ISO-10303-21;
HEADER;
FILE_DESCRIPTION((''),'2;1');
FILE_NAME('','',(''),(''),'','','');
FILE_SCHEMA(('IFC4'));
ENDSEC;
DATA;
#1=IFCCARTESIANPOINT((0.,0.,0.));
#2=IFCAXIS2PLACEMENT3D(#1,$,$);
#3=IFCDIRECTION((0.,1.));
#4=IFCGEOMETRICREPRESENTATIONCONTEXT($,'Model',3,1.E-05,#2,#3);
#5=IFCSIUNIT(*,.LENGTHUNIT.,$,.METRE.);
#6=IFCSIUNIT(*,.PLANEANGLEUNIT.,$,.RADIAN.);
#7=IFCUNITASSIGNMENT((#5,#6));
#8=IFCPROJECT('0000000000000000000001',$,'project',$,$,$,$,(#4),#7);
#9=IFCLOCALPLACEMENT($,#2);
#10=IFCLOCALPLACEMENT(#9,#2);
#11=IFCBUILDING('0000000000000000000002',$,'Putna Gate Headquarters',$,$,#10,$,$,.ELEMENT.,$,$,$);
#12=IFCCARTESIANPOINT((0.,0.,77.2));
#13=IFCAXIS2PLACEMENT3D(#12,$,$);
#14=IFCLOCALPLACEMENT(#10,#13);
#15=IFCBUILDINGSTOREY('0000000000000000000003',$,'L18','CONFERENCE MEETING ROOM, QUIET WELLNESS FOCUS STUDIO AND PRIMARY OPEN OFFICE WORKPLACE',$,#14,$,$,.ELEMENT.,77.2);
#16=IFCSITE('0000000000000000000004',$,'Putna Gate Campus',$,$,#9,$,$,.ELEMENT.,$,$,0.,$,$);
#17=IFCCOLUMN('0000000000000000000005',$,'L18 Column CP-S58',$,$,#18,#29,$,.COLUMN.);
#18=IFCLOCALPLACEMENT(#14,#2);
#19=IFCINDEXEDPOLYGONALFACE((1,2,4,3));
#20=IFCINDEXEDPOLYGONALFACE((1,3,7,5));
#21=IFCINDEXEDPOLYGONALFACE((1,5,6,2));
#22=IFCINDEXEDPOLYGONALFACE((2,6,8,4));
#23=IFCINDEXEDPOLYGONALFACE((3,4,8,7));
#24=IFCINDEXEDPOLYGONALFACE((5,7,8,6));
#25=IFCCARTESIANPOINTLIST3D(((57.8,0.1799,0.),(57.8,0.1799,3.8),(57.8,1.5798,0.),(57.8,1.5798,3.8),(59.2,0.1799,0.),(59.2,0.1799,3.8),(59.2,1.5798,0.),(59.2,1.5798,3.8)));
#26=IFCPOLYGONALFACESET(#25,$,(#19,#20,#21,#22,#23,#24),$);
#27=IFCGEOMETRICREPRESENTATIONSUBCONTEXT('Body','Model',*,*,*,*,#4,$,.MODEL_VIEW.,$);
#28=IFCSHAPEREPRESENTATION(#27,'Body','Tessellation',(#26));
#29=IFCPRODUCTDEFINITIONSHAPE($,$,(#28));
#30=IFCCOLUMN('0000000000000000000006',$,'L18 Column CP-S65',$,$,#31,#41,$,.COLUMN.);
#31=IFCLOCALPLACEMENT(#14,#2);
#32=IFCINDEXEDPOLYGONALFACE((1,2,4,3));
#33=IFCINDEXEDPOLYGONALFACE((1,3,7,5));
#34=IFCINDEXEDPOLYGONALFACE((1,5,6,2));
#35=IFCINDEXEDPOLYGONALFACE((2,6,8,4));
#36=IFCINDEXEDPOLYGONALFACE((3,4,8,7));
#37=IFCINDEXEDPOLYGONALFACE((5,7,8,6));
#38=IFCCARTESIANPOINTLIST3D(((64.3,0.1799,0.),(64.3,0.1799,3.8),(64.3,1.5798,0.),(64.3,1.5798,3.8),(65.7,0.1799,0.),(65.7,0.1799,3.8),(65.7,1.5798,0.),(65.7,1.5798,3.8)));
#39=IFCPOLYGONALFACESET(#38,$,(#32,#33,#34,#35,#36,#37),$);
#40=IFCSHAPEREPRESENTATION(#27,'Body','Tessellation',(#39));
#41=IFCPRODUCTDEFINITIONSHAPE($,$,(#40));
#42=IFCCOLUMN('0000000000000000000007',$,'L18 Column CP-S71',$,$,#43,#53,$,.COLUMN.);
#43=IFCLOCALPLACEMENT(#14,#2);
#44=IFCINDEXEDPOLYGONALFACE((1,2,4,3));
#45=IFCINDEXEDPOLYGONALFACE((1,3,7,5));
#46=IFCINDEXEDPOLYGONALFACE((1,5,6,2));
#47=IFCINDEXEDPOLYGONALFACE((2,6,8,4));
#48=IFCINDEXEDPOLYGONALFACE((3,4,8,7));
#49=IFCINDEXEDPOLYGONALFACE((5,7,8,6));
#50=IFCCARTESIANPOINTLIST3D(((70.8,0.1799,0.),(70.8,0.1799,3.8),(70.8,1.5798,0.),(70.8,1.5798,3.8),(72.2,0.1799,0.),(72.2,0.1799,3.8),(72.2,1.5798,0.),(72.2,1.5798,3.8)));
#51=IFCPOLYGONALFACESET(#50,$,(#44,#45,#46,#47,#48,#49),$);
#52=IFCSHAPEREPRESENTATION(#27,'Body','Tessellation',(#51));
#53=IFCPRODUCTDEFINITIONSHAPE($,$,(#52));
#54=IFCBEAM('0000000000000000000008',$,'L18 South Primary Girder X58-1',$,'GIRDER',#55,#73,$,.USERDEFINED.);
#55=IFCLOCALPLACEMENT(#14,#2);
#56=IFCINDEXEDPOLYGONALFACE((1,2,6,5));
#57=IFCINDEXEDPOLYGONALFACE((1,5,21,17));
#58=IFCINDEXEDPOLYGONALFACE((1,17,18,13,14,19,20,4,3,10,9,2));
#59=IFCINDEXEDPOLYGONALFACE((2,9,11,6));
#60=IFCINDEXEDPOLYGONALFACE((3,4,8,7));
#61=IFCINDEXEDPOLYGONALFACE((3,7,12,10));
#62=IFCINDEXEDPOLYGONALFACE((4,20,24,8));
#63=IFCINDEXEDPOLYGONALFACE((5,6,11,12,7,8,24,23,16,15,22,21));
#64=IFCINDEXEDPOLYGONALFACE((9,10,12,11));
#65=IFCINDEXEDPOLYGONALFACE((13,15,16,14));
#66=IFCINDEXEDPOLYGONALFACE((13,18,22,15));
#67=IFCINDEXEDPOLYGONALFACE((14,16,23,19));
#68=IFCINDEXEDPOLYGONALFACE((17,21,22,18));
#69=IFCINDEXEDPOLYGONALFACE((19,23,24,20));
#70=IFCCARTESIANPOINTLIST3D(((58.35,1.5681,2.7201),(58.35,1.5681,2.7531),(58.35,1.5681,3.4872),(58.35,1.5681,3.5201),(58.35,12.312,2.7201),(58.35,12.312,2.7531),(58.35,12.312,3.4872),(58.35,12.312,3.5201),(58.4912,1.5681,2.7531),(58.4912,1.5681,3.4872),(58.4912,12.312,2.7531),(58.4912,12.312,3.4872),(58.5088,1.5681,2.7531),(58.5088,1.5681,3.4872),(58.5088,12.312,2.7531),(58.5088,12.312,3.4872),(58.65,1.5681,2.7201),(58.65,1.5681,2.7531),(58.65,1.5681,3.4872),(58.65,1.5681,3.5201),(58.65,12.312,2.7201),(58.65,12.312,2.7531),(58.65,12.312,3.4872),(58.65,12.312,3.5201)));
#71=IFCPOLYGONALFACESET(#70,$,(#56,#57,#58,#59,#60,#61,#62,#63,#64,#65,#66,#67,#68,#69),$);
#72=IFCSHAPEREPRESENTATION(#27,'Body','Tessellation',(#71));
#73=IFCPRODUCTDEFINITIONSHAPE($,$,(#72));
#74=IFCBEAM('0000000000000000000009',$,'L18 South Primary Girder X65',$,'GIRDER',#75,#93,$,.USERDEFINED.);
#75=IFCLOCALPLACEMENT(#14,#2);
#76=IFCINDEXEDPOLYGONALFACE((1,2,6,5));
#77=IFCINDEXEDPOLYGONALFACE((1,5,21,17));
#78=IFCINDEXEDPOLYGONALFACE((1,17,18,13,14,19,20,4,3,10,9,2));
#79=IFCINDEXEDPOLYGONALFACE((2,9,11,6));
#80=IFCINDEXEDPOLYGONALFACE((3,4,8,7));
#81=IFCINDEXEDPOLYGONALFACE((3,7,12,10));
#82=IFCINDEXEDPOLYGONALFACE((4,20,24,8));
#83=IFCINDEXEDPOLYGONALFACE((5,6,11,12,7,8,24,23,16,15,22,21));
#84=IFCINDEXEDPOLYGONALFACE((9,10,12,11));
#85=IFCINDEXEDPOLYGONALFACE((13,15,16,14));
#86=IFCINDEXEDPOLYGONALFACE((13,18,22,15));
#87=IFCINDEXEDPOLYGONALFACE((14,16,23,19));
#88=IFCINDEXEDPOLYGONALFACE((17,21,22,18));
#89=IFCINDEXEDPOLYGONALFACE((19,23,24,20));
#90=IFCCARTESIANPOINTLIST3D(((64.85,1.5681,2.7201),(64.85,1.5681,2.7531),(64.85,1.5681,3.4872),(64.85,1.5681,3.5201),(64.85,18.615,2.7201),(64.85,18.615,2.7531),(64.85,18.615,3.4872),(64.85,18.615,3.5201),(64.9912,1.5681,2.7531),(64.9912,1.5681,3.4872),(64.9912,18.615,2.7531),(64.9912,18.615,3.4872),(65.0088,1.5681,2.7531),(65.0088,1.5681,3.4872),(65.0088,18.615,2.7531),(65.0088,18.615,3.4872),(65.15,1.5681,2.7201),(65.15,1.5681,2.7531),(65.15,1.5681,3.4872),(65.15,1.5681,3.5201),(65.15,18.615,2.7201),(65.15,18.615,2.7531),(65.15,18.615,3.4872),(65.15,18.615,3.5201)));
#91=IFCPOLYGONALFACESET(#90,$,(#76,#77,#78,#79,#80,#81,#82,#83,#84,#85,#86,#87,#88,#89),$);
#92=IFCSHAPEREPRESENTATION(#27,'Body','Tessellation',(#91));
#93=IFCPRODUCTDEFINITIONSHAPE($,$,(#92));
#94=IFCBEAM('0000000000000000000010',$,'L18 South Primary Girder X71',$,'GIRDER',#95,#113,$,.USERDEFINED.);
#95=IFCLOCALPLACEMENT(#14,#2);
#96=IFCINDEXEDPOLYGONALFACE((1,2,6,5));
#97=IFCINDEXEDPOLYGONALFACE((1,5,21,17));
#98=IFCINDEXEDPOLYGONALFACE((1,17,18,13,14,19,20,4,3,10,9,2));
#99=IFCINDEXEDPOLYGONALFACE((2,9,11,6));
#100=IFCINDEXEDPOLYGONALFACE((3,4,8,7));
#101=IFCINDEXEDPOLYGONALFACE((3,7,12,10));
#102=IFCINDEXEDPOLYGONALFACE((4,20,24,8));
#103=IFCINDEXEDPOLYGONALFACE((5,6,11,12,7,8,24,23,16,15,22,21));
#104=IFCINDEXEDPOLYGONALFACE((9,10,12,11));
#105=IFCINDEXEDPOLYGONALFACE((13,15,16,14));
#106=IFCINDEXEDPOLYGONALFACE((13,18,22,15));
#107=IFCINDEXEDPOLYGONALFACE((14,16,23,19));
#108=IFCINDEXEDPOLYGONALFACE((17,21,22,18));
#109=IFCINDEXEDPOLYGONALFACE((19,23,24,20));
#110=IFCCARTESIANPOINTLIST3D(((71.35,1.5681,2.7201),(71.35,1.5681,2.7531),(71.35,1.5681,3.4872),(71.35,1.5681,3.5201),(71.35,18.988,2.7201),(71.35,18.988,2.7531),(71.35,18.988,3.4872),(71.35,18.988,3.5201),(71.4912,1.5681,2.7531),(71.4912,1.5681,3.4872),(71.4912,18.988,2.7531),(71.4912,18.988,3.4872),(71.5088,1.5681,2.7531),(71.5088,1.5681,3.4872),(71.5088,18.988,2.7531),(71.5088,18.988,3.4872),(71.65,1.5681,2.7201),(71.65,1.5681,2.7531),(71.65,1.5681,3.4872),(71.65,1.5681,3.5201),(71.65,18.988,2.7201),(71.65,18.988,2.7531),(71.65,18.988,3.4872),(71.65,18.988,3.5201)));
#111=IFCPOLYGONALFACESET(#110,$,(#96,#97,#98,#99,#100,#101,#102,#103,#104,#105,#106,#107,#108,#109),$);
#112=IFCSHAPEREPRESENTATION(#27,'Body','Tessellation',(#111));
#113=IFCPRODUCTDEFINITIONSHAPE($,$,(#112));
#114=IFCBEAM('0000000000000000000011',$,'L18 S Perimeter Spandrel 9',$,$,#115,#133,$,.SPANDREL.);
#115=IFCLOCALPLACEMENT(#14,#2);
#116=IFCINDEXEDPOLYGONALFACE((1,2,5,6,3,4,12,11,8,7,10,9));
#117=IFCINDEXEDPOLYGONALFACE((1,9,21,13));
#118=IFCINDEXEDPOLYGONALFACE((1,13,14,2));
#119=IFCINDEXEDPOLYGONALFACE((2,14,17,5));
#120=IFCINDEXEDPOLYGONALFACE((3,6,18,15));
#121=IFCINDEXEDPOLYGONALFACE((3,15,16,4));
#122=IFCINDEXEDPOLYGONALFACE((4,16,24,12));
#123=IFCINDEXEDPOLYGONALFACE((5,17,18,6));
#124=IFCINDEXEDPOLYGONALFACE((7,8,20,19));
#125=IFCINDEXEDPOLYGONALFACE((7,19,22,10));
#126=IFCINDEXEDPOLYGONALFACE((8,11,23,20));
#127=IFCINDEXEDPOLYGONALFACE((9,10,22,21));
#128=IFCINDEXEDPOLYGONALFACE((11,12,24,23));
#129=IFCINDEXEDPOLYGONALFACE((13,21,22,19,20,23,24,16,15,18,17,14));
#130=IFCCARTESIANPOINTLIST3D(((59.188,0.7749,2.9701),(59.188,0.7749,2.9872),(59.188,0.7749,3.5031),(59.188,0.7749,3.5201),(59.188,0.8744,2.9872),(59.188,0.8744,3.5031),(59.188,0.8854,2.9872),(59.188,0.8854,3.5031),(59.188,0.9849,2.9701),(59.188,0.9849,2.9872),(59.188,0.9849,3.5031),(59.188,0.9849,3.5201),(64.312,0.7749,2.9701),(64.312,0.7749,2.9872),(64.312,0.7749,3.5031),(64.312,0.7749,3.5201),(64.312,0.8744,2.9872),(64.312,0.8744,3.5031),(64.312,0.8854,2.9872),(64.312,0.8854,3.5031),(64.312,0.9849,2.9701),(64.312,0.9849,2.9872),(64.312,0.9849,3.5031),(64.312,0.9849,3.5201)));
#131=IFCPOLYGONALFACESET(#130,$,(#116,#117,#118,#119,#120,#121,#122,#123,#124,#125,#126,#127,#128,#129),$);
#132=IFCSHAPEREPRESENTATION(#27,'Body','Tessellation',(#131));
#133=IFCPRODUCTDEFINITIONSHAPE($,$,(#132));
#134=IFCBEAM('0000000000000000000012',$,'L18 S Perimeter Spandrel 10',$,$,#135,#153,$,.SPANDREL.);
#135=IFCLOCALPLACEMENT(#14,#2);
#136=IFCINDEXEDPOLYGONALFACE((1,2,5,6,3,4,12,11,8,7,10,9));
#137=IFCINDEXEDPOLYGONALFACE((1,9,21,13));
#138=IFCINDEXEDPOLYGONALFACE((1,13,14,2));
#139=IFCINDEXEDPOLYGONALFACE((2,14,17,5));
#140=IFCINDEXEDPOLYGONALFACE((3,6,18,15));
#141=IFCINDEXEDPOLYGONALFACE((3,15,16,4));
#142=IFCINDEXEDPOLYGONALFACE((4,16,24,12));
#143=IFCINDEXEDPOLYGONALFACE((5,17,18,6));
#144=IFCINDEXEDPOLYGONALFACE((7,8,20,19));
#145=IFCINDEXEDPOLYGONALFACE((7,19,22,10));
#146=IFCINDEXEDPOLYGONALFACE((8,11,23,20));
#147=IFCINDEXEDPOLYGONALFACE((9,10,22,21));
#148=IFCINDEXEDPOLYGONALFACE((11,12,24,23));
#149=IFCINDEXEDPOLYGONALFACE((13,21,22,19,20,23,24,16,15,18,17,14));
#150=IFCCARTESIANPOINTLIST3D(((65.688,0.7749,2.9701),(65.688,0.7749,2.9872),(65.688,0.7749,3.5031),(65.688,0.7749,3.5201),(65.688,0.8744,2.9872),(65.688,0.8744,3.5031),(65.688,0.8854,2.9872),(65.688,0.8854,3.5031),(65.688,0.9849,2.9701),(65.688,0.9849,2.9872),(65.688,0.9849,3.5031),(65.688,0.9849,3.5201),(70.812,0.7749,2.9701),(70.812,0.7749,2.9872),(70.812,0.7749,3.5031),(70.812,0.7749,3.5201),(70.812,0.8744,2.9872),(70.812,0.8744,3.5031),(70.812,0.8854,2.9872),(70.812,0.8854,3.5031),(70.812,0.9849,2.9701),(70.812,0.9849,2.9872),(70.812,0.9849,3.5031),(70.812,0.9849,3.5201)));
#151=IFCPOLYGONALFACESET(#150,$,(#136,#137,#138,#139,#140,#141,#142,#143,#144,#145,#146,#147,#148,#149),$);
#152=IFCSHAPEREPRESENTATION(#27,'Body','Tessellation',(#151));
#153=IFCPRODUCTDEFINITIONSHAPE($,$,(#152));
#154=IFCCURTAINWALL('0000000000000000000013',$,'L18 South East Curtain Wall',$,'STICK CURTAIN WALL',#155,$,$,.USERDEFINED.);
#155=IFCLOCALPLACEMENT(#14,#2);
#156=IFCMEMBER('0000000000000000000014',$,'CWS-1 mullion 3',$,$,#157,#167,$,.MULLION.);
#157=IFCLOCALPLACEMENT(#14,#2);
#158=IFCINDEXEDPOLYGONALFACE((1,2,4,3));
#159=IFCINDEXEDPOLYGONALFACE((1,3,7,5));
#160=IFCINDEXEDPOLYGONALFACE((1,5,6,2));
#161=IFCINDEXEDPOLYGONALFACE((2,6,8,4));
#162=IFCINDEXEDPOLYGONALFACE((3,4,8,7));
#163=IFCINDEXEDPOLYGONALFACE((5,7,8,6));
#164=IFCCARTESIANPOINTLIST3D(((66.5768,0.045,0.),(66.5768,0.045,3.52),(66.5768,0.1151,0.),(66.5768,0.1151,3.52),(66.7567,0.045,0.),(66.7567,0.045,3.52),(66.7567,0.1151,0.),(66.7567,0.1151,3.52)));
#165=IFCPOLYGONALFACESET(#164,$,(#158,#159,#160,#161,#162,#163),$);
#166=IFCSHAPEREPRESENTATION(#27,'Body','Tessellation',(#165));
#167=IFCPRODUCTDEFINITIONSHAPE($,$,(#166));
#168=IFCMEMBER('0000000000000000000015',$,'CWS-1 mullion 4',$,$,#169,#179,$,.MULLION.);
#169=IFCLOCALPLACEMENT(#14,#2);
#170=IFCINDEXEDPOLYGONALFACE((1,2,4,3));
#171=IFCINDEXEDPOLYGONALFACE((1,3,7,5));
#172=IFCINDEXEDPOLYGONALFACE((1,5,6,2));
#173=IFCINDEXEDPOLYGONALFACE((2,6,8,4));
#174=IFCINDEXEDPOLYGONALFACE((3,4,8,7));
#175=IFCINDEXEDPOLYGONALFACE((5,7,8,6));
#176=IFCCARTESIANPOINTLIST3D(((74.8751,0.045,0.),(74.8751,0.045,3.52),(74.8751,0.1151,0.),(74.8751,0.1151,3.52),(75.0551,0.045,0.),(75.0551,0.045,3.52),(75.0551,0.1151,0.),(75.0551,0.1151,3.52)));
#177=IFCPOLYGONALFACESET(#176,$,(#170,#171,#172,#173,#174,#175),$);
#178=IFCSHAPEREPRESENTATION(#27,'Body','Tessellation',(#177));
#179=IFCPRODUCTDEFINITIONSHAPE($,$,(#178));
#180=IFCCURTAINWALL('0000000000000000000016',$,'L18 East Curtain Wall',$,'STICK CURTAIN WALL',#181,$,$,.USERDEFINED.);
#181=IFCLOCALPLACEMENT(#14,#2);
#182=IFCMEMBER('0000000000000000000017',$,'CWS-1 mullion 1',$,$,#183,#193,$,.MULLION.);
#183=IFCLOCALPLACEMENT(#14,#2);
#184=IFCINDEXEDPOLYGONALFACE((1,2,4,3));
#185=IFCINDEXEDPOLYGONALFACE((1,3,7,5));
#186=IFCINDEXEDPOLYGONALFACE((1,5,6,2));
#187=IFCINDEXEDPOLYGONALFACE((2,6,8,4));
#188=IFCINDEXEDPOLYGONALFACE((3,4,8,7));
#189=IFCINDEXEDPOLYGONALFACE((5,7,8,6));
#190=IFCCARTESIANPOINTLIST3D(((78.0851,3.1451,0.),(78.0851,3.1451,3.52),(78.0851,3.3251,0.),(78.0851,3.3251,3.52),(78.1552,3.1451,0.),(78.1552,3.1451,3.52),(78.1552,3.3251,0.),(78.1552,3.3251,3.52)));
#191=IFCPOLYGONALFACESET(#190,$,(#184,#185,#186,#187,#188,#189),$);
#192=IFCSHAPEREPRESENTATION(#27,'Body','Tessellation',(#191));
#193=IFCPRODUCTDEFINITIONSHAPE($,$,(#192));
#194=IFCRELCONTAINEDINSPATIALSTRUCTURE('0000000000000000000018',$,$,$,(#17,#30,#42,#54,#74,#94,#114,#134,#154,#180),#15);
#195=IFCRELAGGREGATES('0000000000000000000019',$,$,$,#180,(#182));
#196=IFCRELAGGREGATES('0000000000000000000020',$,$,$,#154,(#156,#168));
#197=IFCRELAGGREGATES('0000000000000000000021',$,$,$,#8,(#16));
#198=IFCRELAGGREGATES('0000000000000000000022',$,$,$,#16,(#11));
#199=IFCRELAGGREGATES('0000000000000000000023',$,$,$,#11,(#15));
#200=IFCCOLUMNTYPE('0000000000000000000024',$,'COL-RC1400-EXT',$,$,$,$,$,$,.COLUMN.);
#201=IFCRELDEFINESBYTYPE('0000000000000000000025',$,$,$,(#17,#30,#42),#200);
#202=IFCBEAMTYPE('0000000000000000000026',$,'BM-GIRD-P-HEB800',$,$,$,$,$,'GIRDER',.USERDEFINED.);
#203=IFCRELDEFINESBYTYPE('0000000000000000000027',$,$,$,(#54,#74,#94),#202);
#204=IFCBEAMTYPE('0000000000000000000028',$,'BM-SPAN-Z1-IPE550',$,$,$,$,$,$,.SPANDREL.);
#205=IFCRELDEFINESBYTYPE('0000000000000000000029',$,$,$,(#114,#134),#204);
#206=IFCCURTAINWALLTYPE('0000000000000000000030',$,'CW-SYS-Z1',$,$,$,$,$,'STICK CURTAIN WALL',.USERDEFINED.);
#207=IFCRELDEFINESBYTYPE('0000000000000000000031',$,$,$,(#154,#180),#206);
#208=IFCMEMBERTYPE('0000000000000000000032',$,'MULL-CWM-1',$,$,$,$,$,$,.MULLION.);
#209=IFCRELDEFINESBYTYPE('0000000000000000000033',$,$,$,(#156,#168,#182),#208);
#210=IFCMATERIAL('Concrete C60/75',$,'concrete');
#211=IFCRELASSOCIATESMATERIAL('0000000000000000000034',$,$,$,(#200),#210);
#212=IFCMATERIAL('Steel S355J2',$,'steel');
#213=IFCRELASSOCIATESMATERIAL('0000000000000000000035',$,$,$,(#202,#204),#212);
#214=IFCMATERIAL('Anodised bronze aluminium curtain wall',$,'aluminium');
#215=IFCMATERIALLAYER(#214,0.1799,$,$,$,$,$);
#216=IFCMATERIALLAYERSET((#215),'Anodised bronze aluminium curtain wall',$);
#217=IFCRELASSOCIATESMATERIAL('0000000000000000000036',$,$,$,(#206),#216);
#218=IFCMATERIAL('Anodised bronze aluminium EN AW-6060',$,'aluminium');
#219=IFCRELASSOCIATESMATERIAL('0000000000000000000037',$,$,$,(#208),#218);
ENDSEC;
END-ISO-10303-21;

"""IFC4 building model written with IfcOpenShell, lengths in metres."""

from ifc_helpers import new_model, si_unit, direction, frame, origin, origin_2d, place, context, subcontext, project, spatial, rectangle, i_section, extrude, material, layer, layer_set, material_profile, profile_set, type_object, element, aggregate, save


model = new_model("IFC4")

# Units and contexts
model_context = context("Model", 3, precision=1e-05, world=origin(), true_north=direction((0.0, 1.0)))
body_context = subcontext(model_context, "Body", "Model", "MODEL_VIEW")
ifc_project = project(units=[si_unit("LENGTHUNIT", "METRE"), si_unit("PLANEANGLEUNIT", "RADIAN")], contexts=[model_context])

# Site, building, storey
site_placement = place(None, origin())
site = spatial("IfcSite", under=ifc_project, at=site_placement, Name="Putna Gate Campus", CompositionType="ELEMENT", RefElevation=0.0)
building_placement = place(site_placement, origin())
building = spatial("IfcBuilding", under=site, at=building_placement, Name="Putna Gate Headquarters", CompositionType="ELEMENT")
storey_placement = place(building_placement, frame((0.0, 0.0, 77.2)))
storey = spatial("IfcBuildingStorey", under=building, at=storey_placement, Name="L18", Description="CONFERENCE MEETING ROOM, QUIET WELLNESS FOCUS STUDIO AND PRIMARY OPEN OFFICE WORKPLACE", CompositionType="ELEMENT", Elevation=77.2)

# Columns
ifc_material_1 = material(Name="Concrete C60/75", Category="concrete")
ifc_material_profile_1 = material_profile(ifc_material_1, rectangle(XDim=1.3999, YDim=1.3999, at=origin_2d()), Name="Concrete C60/75")
ifc_profile_set_1 = profile_set([ifc_material_profile_1], Name="Concrete C60/75")
column_type = type_object("IfcColumnType", Name="COL-RC1400-EXT", PredefinedType="COLUMN", material=ifc_profile_set_1)
for number, where, z_axis, x_axis, name in (
    (1, (58.5, 0.8799, 0.0), (0.0, 0.0, 1.0), (1.0, 0.0, 0.0), "L18 Column CP-S58"),
    (2, (65.0, 0.8799, 0.0), (0.0, 0.0, 1.0), (1.0, 0.0, 0.0), "L18 Column CP-S65"),
    (3, (71.5, 0.8799, 0.0), (0.0, 0.0, 1.0), (1.0, 0.0, 0.0), "L18 Column CP-S71"),
):
    element("IfcColumn", number, at=place(storey_placement, frame(where, z_axis=z_axis, x_axis=x_axis)), inside=storey, type_object=column_type, Name=name, PredefinedType="COLUMN", context=body_context, shape_type="SweptSolid", body=[
        extrude(rectangle(XDim=1.3999, YDim=1.3999, at=origin_2d()), origin(), (0.0, 0.0, 1.0), 3.8),
    ])

# Beams
ifc_material_2 = material(Name="Steel S355J2", Category="steel")
ifc_material_profile_2 = material_profile(ifc_material_2, i_section(OverallWidth=0.3, OverallDepth=0.8, WebThickness=0.0176, FlangeThickness=0.033, at=origin_2d()), Name="Steel S355J2")
ifc_profile_set_2 = profile_set([ifc_material_profile_2], Name="Steel S355J2")
beam_type_1 = type_object("IfcBeamType", Name="BM-GIRD-P-HEB800", ElementType="GIRDER", PredefinedType="USERDEFINED", material=ifc_profile_set_2)
beam_1_placement = place(storey_placement, frame((58.5, 1.5681, 3.1201), z_axis=(0.0, 1.0, 0.0), x_axis=(-1.0, 0.0, 0.0)))
element("IfcBeam", 4, at=beam_1_placement, inside=storey, type_object=beam_type_1, Name="L18 South Primary Girder X58-1", ObjectType="GIRDER", PredefinedType="USERDEFINED", context=body_context, shape_type="SweptSolid", body=[
    extrude(i_section(OverallWidth=0.3, OverallDepth=0.8, WebThickness=0.0176, FlangeThickness=0.033, at=origin_2d()), origin(), (0.0, 0.0, 1.0), 10.7439),
])
beam_2_placement = place(storey_placement, frame((65.0, 1.5681, 3.1201), z_axis=(0.0, 1.0, 0.0), x_axis=(-1.0, 0.0, 0.0)))
element("IfcBeam", 5, at=beam_2_placement, inside=storey, type_object=beam_type_1, Name="L18 South Primary Girder X65", ObjectType="GIRDER", PredefinedType="USERDEFINED", context=body_context, shape_type="SweptSolid", body=[
    extrude(i_section(OverallWidth=0.3, OverallDepth=0.8, WebThickness=0.0176, FlangeThickness=0.033, at=origin_2d()), origin(), (0.0, 0.0, 1.0), 17.0469),
])
beam_3_placement = place(storey_placement, frame((71.5, 1.5681, 3.1201), z_axis=(0.0, 1.0, 0.0), x_axis=(-1.0, 0.0, 0.0)))
element("IfcBeam", 6, at=beam_3_placement, inside=storey, type_object=beam_type_1, Name="L18 South Primary Girder X71", ObjectType="GIRDER", PredefinedType="USERDEFINED", context=body_context, shape_type="SweptSolid", body=[
    extrude(i_section(OverallWidth=0.3, OverallDepth=0.8, WebThickness=0.0176, FlangeThickness=0.033, at=origin_2d()), origin(), (0.0, 0.0, 1.0), 17.4199),
])
ifc_material_profile_3 = material_profile(ifc_material_2, i_section(OverallWidth=0.21, OverallDepth=0.55, WebThickness=0.011, FlangeThickness=0.0171, at=origin_2d()), Name="Steel S355J2")
ifc_profile_set_3 = profile_set([ifc_material_profile_3], Name="Steel S355J2")
beam_type_2 = type_object("IfcBeamType", Name="BM-SPAN-Z1-IPE550", PredefinedType="SPANDREL", material=ifc_profile_set_3)
for number, where, z_axis, x_axis, name in (
    (7, (59.188, 0.8799, 3.2451), (1.0, 0.0, 0.0), (0.0, 1.0, 0.0), "L18 S Perimeter Spandrel 9"),
    (8, (65.688, 0.8799, 3.2451), (1.0, 0.0, 0.0), (0.0, 1.0, 0.0), "L18 S Perimeter Spandrel 10"),
):
    element("IfcBeam", number, at=place(storey_placement, frame(where, z_axis=z_axis, x_axis=x_axis)), inside=storey, type_object=beam_type_2, Name=name, PredefinedType="SPANDREL", context=body_context, shape_type="SweptSolid", body=[
        extrude(i_section(OverallWidth=0.21, OverallDepth=0.55, WebThickness=0.011, FlangeThickness=0.0171, at=origin_2d()), origin(), (0.0, 0.0, 1.0), 5.124),
    ])

# Curtain wall, members
ifc_material_3 = material(Name="Anodised bronze aluminium curtain wall", Category="aluminium")
ifc_layer_1 = layer(ifc_material_3, 0.1799)
ifc_layer_set_1 = layer_set([ifc_layer_1], Name="Anodised bronze aluminium curtain wall")
curtain_wall_type = type_object("IfcCurtainWallType", Name="CW-SYS-Z1", ElementType="STICK CURTAIN WALL", PredefinedType="USERDEFINED", material=ifc_layer_set_1)
curtain_wall_1_placement = place(storey_placement, origin())
curtain_wall_1 = element("IfcCurtainWall", 9, at=curtain_wall_1_placement, inside=storey, type_object=curtain_wall_type, Name="L18 South East Curtain Wall", ObjectType="STICK CURTAIN WALL", PredefinedType="USERDEFINED")
ifc_material_4 = material(Name="Anodised bronze aluminium EN AW-6060", Category="aluminium")
ifc_material_profile_4 = material_profile(ifc_material_4, rectangle(XDim=0.0701, YDim=0.1799, at=origin_2d()), Name="Anodised bronze aluminium EN AW-6060")
ifc_profile_set_4 = profile_set([ifc_material_profile_4], Name="Anodised bronze aluminium EN AW-6060")
member_type_1 = type_object("IfcMemberType", Name="MULL-CWM-1", PredefinedType="MULLION", material=ifc_profile_set_4)
member_1_placement = place(storey_placement, frame((66.6667, 0.0801, 0.0), z_axis=(0.0, 0.0, 1.0), x_axis=(0.0, 1.0, 0.0)))
member_1 = element("IfcMember", 10, at=member_1_placement, type_object=member_type_1, Name="CWS-1 mullion 3", PredefinedType="MULLION", context=body_context, shape_type="SweptSolid", body=[
    extrude(rectangle(XDim=0.0701, YDim=0.1799, at=origin_2d()), origin(), (0.0, 0.0, 1.0), 3.52),
])
member_2_placement = place(storey_placement, frame((74.9651, 0.0801, 0.0), z_axis=(0.0, 0.0, 1.0), x_axis=(0.0, 1.0, 0.0)))
member_2 = element("IfcMember", 11, at=member_2_placement, type_object=member_type_1, Name="CWS-1 mullion 4", PredefinedType="MULLION", context=body_context, shape_type="SweptSolid", body=[
    extrude(rectangle(XDim=0.0701, YDim=0.1799, at=origin_2d()), origin(), (0.0, 0.0, 1.0), 3.52),
])

# Curtain wall, member
curtain_wall_2_placement = place(storey_placement, origin())
curtain_wall_2 = element("IfcCurtainWall", 12, at=curtain_wall_2_placement, inside=storey, type_object=curtain_wall_type, Name="L18 East Curtain Wall", ObjectType="STICK CURTAIN WALL", PredefinedType="USERDEFINED")
member_3_placement = place(storey_placement, frame((78.1201, 3.2351, 0.0), z_axis=(0.0, 0.0, 1.0), x_axis=(-1.0, 0.0, 0.0)))
member_3 = element("IfcMember", 13, at=member_3_placement, type_object=member_type_1, Name="CWS-1 mullion 1", PredefinedType="MULLION", context=body_context, shape_type="SweptSolid", body=[
    extrude(rectangle(XDim=0.0701, YDim=0.1799, at=origin_2d()), origin(), (0.0, 0.0, 1.0), 3.52),
])

aggregate(curtain_wall_2, [member_3])

aggregate(curtain_wall_1, [member_1, member_2])

save(model, "model.ifc")
